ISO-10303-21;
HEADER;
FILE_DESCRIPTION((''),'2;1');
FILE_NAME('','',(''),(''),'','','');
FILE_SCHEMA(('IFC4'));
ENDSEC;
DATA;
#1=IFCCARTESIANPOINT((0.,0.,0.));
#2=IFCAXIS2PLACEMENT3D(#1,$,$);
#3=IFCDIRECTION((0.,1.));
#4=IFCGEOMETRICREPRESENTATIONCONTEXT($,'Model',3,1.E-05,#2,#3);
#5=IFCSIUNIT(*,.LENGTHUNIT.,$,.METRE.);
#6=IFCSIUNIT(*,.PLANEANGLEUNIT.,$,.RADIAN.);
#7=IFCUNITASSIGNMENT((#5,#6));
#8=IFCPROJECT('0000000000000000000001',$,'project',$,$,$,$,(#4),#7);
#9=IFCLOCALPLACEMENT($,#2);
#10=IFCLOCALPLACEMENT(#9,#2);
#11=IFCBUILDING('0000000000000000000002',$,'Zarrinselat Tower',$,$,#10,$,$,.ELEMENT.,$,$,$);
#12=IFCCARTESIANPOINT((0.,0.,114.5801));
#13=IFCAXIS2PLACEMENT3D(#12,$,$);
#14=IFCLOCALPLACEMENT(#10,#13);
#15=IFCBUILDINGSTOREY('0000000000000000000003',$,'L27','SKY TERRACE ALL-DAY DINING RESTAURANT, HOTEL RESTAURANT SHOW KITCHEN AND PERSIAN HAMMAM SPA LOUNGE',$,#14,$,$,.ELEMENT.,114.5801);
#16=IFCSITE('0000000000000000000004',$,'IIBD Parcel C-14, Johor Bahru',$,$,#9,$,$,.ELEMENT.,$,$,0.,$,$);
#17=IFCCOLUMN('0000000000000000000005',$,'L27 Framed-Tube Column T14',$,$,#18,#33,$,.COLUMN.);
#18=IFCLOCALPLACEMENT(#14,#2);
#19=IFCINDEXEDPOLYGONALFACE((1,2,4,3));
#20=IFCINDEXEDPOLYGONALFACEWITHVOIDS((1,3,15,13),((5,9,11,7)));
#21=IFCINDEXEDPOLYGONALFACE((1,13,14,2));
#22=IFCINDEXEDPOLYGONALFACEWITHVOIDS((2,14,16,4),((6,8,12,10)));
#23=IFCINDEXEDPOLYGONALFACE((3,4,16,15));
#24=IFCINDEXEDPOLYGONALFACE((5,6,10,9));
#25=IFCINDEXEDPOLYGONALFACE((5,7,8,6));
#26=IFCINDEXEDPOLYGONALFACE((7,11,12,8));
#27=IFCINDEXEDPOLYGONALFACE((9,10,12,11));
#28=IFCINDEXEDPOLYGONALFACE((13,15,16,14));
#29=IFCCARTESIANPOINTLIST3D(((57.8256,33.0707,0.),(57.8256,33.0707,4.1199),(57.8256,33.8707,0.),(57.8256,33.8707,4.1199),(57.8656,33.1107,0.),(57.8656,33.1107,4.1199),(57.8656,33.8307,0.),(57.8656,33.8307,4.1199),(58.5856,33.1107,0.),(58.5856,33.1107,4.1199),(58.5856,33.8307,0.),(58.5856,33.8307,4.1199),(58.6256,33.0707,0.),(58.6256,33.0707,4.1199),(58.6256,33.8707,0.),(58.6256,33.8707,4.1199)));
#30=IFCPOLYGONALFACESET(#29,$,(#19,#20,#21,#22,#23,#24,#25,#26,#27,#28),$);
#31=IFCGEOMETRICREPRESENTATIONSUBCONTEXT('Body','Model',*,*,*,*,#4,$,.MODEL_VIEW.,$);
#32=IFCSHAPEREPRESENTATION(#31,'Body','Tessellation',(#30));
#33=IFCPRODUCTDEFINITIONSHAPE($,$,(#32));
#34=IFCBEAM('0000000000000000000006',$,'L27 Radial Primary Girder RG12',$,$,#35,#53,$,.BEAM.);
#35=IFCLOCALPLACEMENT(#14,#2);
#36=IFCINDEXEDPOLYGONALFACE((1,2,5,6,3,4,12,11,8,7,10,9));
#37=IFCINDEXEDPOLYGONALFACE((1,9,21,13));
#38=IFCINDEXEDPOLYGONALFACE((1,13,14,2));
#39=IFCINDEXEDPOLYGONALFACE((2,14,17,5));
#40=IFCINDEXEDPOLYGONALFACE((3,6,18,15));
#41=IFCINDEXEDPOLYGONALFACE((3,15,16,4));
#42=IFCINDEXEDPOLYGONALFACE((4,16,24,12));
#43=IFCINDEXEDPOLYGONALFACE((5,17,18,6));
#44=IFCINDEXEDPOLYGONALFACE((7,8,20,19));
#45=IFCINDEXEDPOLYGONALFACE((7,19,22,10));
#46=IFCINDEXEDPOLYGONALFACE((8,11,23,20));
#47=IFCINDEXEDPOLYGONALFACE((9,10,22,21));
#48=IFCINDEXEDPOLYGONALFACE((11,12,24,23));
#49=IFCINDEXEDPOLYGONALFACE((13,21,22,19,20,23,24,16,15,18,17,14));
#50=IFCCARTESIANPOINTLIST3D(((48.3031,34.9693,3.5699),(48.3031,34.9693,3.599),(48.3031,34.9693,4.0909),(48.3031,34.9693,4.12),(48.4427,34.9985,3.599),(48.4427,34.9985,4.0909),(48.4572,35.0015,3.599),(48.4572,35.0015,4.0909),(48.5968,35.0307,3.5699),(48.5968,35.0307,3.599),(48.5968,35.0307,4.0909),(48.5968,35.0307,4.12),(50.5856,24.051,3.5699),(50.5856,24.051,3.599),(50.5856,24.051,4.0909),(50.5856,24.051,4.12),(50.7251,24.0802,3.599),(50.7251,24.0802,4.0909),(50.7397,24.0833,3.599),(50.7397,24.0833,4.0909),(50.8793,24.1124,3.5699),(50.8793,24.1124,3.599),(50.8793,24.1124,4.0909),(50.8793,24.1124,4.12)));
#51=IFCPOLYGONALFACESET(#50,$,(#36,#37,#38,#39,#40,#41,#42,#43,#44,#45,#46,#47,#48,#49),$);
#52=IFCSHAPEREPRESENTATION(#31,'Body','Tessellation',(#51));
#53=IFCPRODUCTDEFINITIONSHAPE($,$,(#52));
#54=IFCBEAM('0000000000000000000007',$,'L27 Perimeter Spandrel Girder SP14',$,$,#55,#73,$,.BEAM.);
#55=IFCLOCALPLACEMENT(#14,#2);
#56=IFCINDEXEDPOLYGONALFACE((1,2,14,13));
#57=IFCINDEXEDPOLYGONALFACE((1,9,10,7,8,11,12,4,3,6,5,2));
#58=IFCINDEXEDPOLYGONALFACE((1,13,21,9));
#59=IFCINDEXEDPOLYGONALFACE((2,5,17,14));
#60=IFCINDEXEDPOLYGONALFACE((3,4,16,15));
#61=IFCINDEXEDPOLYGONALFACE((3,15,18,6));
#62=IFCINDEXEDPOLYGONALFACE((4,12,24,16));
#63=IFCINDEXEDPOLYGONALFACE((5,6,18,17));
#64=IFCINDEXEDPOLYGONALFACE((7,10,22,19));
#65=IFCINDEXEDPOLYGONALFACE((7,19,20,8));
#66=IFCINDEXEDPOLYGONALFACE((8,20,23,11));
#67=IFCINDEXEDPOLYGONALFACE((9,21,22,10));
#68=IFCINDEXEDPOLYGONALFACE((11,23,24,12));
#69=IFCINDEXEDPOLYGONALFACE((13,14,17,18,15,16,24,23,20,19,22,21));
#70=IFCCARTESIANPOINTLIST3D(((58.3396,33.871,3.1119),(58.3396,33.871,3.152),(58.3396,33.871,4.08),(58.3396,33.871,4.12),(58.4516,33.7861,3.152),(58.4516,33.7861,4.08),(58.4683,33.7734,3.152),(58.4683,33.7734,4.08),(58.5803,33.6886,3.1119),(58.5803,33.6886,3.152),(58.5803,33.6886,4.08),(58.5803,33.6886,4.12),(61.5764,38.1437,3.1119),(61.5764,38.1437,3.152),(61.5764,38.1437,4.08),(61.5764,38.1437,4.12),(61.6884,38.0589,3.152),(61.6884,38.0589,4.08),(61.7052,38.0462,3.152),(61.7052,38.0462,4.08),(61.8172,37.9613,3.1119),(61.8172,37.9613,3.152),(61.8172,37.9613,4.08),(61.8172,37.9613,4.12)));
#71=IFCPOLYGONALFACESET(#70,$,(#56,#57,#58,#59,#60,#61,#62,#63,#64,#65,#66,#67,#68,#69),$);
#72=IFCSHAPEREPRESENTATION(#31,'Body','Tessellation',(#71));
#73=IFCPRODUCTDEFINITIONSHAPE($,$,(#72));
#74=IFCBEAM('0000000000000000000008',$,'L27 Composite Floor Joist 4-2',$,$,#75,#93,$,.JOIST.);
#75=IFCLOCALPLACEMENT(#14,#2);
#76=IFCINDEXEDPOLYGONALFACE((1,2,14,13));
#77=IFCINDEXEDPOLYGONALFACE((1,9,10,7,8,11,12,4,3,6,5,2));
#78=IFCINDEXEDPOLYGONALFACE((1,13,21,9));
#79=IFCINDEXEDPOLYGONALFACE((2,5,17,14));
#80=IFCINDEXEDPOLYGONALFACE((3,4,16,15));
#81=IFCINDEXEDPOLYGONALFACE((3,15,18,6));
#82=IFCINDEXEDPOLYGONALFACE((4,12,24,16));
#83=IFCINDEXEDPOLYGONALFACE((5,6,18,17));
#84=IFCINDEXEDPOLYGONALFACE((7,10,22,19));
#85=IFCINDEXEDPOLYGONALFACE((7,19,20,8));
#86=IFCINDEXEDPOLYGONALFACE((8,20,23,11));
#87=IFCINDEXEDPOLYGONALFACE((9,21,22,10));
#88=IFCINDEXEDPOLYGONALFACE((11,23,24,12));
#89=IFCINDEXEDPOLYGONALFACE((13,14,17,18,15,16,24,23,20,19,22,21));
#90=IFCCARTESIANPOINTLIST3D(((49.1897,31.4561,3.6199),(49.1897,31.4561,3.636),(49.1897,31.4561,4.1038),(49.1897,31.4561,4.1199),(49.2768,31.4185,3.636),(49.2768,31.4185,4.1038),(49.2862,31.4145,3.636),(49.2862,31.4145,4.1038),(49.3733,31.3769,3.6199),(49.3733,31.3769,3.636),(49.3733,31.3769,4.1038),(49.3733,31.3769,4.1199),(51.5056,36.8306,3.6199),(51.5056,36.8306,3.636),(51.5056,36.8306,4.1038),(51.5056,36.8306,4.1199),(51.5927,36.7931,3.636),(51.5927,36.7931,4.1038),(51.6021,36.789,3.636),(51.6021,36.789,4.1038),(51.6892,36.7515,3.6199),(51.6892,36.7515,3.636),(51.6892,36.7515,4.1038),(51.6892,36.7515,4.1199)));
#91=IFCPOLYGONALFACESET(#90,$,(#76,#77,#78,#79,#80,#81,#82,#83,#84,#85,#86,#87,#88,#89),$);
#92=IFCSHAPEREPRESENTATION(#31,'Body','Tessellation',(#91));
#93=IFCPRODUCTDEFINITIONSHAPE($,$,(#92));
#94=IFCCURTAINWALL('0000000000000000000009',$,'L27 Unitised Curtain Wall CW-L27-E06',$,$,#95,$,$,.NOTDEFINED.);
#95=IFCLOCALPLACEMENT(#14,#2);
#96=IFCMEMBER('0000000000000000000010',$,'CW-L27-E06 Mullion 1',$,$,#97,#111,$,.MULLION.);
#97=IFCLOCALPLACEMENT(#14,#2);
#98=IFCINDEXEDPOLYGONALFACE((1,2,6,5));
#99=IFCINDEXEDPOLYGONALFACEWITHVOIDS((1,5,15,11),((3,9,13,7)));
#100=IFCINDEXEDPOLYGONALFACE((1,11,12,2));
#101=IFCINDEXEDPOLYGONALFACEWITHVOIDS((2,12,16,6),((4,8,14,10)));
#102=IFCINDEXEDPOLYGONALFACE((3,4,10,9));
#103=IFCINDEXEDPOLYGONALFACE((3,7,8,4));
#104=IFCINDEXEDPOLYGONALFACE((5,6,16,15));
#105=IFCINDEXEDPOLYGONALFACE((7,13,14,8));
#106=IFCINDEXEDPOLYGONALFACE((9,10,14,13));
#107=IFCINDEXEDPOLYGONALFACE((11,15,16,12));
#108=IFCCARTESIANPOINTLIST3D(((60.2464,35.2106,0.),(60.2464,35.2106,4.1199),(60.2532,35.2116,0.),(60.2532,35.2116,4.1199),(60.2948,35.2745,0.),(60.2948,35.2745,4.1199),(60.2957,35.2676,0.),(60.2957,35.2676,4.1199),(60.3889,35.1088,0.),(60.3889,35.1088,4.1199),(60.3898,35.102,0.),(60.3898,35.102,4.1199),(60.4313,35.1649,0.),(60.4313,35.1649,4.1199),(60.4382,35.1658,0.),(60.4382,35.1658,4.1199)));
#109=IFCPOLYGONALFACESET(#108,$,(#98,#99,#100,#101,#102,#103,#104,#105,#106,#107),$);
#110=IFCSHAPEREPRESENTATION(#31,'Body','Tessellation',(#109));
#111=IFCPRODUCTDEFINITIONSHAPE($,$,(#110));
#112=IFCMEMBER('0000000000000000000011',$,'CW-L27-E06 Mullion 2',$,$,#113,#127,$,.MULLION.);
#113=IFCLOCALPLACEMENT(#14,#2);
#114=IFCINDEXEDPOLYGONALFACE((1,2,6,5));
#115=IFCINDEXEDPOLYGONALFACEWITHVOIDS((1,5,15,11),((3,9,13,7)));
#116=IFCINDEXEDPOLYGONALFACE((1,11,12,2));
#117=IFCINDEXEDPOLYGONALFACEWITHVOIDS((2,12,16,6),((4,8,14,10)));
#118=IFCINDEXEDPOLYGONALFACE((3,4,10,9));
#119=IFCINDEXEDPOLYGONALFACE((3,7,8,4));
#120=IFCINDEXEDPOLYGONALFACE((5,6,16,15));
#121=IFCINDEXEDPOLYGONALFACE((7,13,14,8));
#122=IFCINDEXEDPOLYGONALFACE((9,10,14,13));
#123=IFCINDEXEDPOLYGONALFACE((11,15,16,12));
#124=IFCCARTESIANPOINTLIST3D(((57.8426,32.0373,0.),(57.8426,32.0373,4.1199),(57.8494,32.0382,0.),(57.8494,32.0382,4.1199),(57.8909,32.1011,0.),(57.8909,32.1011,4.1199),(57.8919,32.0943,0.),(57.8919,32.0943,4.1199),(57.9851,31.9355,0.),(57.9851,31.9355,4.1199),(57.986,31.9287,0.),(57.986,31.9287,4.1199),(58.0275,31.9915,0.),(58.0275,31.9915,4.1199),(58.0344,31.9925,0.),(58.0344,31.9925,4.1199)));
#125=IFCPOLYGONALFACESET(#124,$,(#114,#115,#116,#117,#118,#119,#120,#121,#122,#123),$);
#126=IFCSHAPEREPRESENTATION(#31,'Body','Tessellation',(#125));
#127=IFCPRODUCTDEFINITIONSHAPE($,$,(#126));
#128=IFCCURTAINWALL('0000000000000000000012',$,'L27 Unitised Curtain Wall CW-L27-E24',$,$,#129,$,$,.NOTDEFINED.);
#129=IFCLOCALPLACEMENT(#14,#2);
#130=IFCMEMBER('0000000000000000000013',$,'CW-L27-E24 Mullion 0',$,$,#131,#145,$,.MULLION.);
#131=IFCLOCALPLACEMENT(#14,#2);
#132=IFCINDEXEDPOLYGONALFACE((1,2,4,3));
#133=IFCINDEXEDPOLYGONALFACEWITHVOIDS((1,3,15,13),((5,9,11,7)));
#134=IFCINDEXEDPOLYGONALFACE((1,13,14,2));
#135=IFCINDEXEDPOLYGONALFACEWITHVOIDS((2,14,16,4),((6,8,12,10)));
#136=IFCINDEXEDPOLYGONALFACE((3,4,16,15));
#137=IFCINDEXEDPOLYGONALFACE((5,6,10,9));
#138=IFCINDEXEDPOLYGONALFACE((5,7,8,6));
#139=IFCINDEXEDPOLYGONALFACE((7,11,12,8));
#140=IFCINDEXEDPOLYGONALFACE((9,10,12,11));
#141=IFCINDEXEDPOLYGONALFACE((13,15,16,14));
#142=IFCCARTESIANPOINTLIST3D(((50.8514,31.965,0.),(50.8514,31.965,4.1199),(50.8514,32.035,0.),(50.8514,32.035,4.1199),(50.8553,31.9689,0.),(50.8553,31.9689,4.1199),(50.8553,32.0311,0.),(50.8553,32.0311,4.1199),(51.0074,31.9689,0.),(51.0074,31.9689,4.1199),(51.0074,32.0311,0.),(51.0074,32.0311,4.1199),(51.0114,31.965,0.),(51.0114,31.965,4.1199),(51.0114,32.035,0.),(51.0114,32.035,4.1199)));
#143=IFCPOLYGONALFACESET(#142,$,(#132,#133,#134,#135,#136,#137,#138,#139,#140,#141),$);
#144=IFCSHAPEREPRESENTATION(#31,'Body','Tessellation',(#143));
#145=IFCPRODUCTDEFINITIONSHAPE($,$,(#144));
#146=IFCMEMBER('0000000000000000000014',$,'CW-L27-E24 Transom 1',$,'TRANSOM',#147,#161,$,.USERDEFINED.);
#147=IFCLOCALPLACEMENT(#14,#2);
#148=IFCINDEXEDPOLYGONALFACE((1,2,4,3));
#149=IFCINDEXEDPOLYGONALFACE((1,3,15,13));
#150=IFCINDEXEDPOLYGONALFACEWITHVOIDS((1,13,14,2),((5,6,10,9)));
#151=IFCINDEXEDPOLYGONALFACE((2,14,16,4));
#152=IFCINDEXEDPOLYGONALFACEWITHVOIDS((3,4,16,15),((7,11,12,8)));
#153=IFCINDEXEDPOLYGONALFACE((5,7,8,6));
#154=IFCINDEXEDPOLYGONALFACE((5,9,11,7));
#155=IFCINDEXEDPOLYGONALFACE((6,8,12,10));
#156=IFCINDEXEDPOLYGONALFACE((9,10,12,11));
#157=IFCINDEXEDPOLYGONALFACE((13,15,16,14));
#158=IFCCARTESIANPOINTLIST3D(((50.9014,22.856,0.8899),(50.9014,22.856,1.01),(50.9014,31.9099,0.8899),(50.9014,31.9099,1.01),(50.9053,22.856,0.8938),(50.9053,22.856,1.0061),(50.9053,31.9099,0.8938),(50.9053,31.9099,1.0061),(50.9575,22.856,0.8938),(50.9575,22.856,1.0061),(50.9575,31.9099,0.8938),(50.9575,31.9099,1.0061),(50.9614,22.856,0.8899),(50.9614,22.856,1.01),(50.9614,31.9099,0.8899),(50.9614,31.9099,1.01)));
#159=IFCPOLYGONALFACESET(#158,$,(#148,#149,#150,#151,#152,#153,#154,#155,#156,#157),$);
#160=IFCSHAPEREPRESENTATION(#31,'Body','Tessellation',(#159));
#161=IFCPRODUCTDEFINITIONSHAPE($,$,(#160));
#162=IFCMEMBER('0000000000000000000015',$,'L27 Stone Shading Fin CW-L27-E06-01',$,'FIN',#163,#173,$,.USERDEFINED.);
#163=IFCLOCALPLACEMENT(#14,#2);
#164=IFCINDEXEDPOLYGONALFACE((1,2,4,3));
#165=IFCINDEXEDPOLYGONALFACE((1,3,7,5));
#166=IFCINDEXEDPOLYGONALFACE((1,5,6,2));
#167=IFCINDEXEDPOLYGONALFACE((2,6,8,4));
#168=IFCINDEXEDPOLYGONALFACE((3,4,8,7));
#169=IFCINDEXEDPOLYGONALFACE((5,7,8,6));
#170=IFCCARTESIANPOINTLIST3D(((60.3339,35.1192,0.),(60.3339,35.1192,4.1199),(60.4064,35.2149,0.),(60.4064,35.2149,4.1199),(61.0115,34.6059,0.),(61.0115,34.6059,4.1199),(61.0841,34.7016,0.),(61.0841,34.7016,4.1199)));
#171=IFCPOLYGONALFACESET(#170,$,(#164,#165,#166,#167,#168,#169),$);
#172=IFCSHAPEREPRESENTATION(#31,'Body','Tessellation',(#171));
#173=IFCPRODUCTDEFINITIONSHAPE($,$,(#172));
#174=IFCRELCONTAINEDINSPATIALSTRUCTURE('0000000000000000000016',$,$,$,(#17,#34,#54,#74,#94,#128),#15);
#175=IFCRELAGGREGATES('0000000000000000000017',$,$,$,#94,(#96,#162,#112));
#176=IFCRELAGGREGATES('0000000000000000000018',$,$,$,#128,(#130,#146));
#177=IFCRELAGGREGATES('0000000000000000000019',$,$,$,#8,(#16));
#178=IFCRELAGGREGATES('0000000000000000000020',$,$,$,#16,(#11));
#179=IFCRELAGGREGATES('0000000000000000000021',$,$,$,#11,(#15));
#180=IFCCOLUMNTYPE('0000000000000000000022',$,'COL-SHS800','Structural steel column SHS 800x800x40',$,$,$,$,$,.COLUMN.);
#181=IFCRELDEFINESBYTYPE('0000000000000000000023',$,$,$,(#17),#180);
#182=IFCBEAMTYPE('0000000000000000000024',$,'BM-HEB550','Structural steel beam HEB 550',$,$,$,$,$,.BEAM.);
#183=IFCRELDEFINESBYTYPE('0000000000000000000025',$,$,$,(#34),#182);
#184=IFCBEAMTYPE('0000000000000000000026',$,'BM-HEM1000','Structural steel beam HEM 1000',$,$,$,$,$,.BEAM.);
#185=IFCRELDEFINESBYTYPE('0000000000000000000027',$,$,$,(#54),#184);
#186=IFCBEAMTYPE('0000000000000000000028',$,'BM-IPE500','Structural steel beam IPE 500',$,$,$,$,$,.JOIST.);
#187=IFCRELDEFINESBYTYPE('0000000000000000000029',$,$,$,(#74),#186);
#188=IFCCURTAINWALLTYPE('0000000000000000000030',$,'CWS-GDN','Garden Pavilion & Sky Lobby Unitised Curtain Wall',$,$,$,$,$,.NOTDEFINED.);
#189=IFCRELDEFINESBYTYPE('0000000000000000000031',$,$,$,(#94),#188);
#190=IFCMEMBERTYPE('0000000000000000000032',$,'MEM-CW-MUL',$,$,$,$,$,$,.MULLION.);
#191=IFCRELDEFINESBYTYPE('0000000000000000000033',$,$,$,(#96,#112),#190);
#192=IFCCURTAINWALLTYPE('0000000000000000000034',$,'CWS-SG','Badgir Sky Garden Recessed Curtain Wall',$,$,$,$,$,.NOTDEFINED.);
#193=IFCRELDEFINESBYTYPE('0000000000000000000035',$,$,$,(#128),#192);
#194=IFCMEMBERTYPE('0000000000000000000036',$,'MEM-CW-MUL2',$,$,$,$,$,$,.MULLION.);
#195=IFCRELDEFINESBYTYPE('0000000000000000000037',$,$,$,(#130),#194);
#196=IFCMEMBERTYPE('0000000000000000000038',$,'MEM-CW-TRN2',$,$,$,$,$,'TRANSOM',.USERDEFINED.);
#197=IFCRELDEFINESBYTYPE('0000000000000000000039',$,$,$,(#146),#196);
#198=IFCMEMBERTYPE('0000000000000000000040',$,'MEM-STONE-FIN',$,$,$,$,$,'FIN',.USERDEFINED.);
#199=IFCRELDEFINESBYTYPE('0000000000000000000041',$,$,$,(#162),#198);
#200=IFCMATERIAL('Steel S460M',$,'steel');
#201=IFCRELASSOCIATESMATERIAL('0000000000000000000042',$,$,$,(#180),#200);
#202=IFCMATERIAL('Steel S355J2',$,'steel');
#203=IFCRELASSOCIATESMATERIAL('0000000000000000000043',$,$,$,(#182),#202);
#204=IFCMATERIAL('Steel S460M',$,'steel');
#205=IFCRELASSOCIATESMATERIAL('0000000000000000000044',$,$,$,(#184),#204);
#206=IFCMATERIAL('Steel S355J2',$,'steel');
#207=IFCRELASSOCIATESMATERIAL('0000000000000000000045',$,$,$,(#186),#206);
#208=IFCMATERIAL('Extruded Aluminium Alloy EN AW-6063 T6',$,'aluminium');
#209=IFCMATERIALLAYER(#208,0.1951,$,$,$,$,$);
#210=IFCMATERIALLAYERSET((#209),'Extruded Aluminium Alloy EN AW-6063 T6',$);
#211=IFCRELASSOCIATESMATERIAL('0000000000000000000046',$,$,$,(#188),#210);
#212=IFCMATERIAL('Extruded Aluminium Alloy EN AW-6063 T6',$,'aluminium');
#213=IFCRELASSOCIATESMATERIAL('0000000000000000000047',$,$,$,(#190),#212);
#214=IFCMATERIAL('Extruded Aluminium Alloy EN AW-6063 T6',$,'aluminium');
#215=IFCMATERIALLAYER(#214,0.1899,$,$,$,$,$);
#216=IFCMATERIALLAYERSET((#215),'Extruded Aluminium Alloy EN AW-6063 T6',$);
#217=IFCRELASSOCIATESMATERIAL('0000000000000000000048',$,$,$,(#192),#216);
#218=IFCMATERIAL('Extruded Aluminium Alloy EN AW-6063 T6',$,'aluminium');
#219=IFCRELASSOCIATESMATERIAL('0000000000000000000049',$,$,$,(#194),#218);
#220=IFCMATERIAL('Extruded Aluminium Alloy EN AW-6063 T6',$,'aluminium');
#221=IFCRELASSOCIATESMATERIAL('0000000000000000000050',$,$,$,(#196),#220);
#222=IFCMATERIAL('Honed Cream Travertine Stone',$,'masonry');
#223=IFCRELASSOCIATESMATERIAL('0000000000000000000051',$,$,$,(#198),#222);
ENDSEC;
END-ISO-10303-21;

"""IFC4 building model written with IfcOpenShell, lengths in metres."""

from ifc_helpers import new_model, si_unit, direction, frame, origin, origin_2d, place, context, subcontext, project, spatial, rectangle, hollow_rectangle, i_section, extrude, material, layer, layer_set, material_profile, profile_set, type_object, element, aggregate, save


model = new_model("IFC4")

# Units and contexts
model_context = context("Model", 3, precision=1e-05, world=origin(), true_north=direction((0.0, 1.0)))
body_context = subcontext(model_context, "Body", "Model", "MODEL_VIEW")
ifc_project = project(units=[si_unit("LENGTHUNIT", "METRE"), si_unit("PLANEANGLEUNIT", "RADIAN")], contexts=[model_context])

# Site, building, storey
site_placement = place(None, origin())
site = spatial("IfcSite", under=ifc_project, at=site_placement, Name="IIBD Parcel C-14, Johor Bahru", CompositionType="ELEMENT", RefElevation=0.0)
building_placement = place(site_placement, origin())
building = spatial("IfcBuilding", under=site, at=building_placement, Name="Zarrinselat Tower", CompositionType="ELEMENT")
storey_placement = place(building_placement, frame((0.0, 0.0, 114.5801)))
storey = spatial("IfcBuildingStorey", under=building, at=storey_placement, Name="L27", Description="SKY TERRACE ALL-DAY DINING RESTAURANT, HOTEL RESTAURANT SHOW KITCHEN AND PERSIAN HAMMAM SPA LOUNGE", CompositionType="ELEMENT", Elevation=114.5801)

# Column
ifc_material_1 = material(Name="Steel S460M", Category="steel")
ifc_material_profile_1 = material_profile(ifc_material_1, hollow_rectangle(XDim=0.8, YDim=0.8, WallThickness=0.04, at=origin_2d()), Name="SHS 800x800x40")
ifc_profile_set_1 = profile_set([ifc_material_profile_1], Name="Steel S460M")
column_type = type_object("IfcColumnType", Name="COL-SHS800", Description="Structural steel column SHS 800x800x40", PredefinedType="COLUMN", material=ifc_profile_set_1)
column_placement = place(storey_placement, frame((58.2256, 33.4707, 0.0), z_axis=(0.0, 0.0, 1.0), x_axis=(1.0, 0.0, 0.0)))
element("IfcColumn", 1, at=column_placement, inside=storey, type_object=column_type, Name="L27 Framed-Tube Column T14", PredefinedType="COLUMN", context=body_context, shape_type="SweptSolid", body=[
    extrude(hollow_rectangle(XDim=0.8, YDim=0.8, WallThickness=0.04, at=origin_2d()), origin(), (0.0, 0.0, 1.0), 4.1199),
])

# Beams
ifc_material_2 = material(Name="Steel S355J2", Category="steel")
ifc_material_profile_2 = material_profile(ifc_material_2, i_section(OverallWidth=0.3, OverallDepth=0.55, WebThickness=0.0149, FlangeThickness=0.0291, at=origin_2d()), Name="HEB 550")
ifc_profile_set_2 = profile_set([ifc_material_profile_2], Name="Steel S355J2")
beam_type_1 = type_object("IfcBeamType", Name="BM-HEB550", Description="Structural steel beam HEB 550", PredefinedType="BEAM", material=ifc_profile_set_2)
beam_1_placement = place(storey_placement, frame((48.45, 35.0, 3.845), z_axis=(0.204628, -0.97884, 0.0), x_axis=(0.97884, 0.204628, 0.0)))
element("IfcBeam", 2, at=beam_1_placement, inside=storey, type_object=beam_type_1, Name="L27 Radial Primary Girder RG12", PredefinedType="BEAM", context=body_context, shape_type="SweptSolid", body=[
    extrude(i_section(OverallWidth=0.3, OverallDepth=0.55, WebThickness=0.0149, FlangeThickness=0.0291, at=origin_2d()), origin(), (0.0, 0.0, 1.0), 11.1543),
])
ifc_material_3 = material(Name="Steel S460M", Category="steel")
ifc_material_profile_3 = material_profile(ifc_material_3, i_section(OverallWidth=0.302, OverallDepth=1.0081, WebThickness=0.021, FlangeThickness=0.04, at=origin_2d()), Name="HEM 1000")
ifc_profile_set_3 = profile_set([ifc_material_profile_3], Name="Steel S460M")
beam_type_2 = type_object("IfcBeamType", Name="BM-HEM1000", Description="Structural steel beam HEM 1000", PredefinedType="BEAM", material=ifc_profile_set_3)
beam_2_placement = place(storey_placement, frame((58.46, 33.7798, 3.616), z_axis=(0.603848, 0.797099, 0.0), x_axis=(-0.797099, 0.603848, 0.0)))
element("IfcBeam", 3, at=beam_2_placement, inside=storey, type_object=beam_type_2, Name="L27 Perimeter Spandrel Girder SP14", PredefinedType="BEAM", context=body_context, shape_type="SweptSolid", body=[
    extrude(i_section(OverallWidth=0.302, OverallDepth=1.0081, WebThickness=0.021, FlangeThickness=0.04, at=origin_2d()), origin(), (0.0, 0.0, 1.0), 5.3604),
])
ifc_material_4 = material(Name="Steel S355J2", Category="steel")
ifc_material_profile_4 = material_profile(ifc_material_4, i_section(OverallWidth=0.2, OverallDepth=0.5, WebThickness=0.0103, FlangeThickness=0.0161, at=origin_2d()), Name="IPE 500")
ifc_profile_set_4 = profile_set([ifc_material_profile_4], Name="Steel S355J2")
beam_type_3 = type_object("IfcBeamType", Name="BM-IPE500", Description="Structural steel beam IPE 500", PredefinedType="JOIST", material=ifc_profile_set_4)
beam_3_placement = place(storey_placement, frame((49.2815, 31.4165, 3.8699), z_axis=(0.395731, 0.918366, 0.0), x_axis=(-0.918366, 0.395731, 0.0)))
element("IfcBeam", 4, at=beam_3_placement, inside=storey, type_object=beam_type_3, Name="L27 Composite Floor Joist 4-2", PredefinedType="JOIST", context=body_context, shape_type="SweptSolid", body=[
    extrude(i_section(OverallWidth=0.2, OverallDepth=0.5, WebThickness=0.0103, FlangeThickness=0.0161, at=origin_2d()), origin(), (0.0, 0.0, 1.0), 5.8523),
])

# Curtain walls, members
ifc_material_5 = material(Name="Extruded Aluminium Alloy EN AW-6063 T6", Category="aluminium")
ifc_layer_1 = layer(ifc_material_5, 0.1951)
ifc_layer_set_1 = layer_set([ifc_layer_1], Name="Extruded Aluminium Alloy EN AW-6063 T6")
curtain_wall_type_1 = type_object("IfcCurtainWallType", Name="CWS-GDN", Description="Garden Pavilion & Sky Lobby Unitised Curtain Wall", PredefinedType="NOTDEFINED", material=ifc_layer_set_1)
curtain_wall_1_placement = place(storey_placement, origin())
curtain_wall_1 = element("IfcCurtainWall", 5, at=curtain_wall_1_placement, inside=storey, type_object=curtain_wall_type_1, Name="L27 Unitised Curtain Wall CW-L27-E06", PredefinedType="NOTDEFINED")
ifc_material_6 = material(Name="Extruded Aluminium Alloy EN AW-6063 T6", Category="aluminium")
ifc_material_profile_5 = material_profile(ifc_material_6, hollow_rectangle(XDim=0.0801, YDim=0.1799, WallThickness=0.0049, at=origin_2d()), Name="RHS 180x80x5")
ifc_profile_set_5 = profile_set([ifc_material_profile_5], Name="Extruded Aluminium Alloy EN AW-6063 T6")
member_type_1 = type_object("IfcMemberType", Name="MEM-CW-MUL", PredefinedType="MULLION", material=ifc_profile_set_5)
member_1_placement = place(storey_placement, frame((60.3423, 35.1882, 0.0), z_axis=(0.0, 0.0, 1.0), x_axis=(-0.60386, -0.79709, 0.0)))
member_1 = element("IfcMember", 6, at=member_1_placement, type_object=member_type_1, Name="CW-L27-E06 Mullion 1", PredefinedType="MULLION", context=body_context, shape_type="SweptSolid", body=[
    extrude(hollow_rectangle(XDim=0.0801, YDim=0.1799, WallThickness=0.0049, at=origin_2d()), origin(), (0.0, 0.0, 1.0), 4.1199),
])
member_2_placement = place(storey_placement, frame((57.9385, 32.0149, 0.0), z_axis=(0.0, 0.0, 1.0), x_axis=(-0.60386, -0.79709, 0.0)))
member_2 = element("IfcMember", 7, at=member_2_placement, type_object=member_type_1, Name="CW-L27-E06 Mullion 2", PredefinedType="MULLION", context=body_context, shape_type="SweptSolid", body=[
    extrude(hollow_rectangle(XDim=0.0801, YDim=0.1799, WallThickness=0.0049, at=origin_2d()), origin(), (0.0, 0.0, 1.0), 4.1199),
])
ifc_material_7 = material(Name="Extruded Aluminium Alloy EN AW-6063 T6", Category="aluminium")
ifc_layer_2 = layer(ifc_material_7, 0.1899)
ifc_layer_set_2 = layer_set([ifc_layer_2], Name="Extruded Aluminium Alloy EN AW-6063 T6")
curtain_wall_type_2 = type_object("IfcCurtainWallType", Name="CWS-SG", Description="Badgir Sky Garden Recessed Curtain Wall", PredefinedType="NOTDEFINED", material=ifc_layer_set_2)
curtain_wall_2_placement = place(storey_placement, origin())
curtain_wall_2 = element("IfcCurtainWall", 8, at=curtain_wall_2_placement, inside=storey, type_object=curtain_wall_type_2, Name="L27 Unitised Curtain Wall CW-L27-E24", PredefinedType="NOTDEFINED")
ifc_material_8 = material(Name="Extruded Aluminium Alloy EN AW-6063 T6", Category="aluminium")
ifc_material_profile_6 = material_profile(ifc_material_8, hollow_rectangle(XDim=0.0701, YDim=0.1599, WallThickness=0.0039, at=origin_2d()), Name="RHS 160x70x4")
ifc_profile_set_6 = profile_set([ifc_material_profile_6], Name="Extruded Aluminium Alloy EN AW-6063 T6")
member_type_2 = type_object("IfcMemberType", Name="MEM-CW-MUL2", PredefinedType="MULLION", material=ifc_profile_set_6)
member_3_placement = place(storey_placement, frame((50.9314, 32.0, 0.0), z_axis=(0.0, 0.0, 1.0), x_axis=(0.0, -1.0, 0.0)))
member_3 = element("IfcMember", 9, at=member_3_placement, type_object=member_type_2, Name="CW-L27-E24 Mullion 0", PredefinedType="MULLION", context=body_context, shape_type="SweptSolid", body=[
    extrude(hollow_rectangle(XDim=0.0701, YDim=0.1599, WallThickness=0.0039, at=origin_2d()), origin(), (0.0, 0.0, 1.0), 4.1199),
])
ifc_material_9 = material(Name="Extruded Aluminium Alloy EN AW-6063 T6", Category="aluminium")
ifc_material_profile_7 = material_profile(ifc_material_9, hollow_rectangle(XDim=0.0601, YDim=0.1201, WallThickness=0.0039, at=origin_2d()), Name="RHS 120x60x4")
ifc_profile_set_7 = profile_set([ifc_material_profile_7], Name="Extruded Aluminium Alloy EN AW-6063 T6")
member_type_3 = type_object("IfcMemberType", Name="MEM-CW-TRN2", ElementType="TRANSOM", PredefinedType="USERDEFINED", material=ifc_profile_set_7)
member_4_placement = place(storey_placement, frame((50.9314, 31.9099, 0.95), z_axis=(0.0, -1.0, 0.0), x_axis=(1.0, 0.0, 0.0)))
member_4 = element("IfcMember", 10, at=member_4_placement, type_object=member_type_3, Name="CW-L27-E24 Transom 1", ObjectType="TRANSOM", PredefinedType="USERDEFINED", context=body_context, shape_type="SweptSolid", body=[
    extrude(hollow_rectangle(XDim=0.0601, YDim=0.1201, WallThickness=0.0039, at=origin_2d()), origin(), (0.0, 0.0, 1.0), 9.054),
])

# Member
ifc_material_10 = material(Name="Honed Cream Travertine Stone", Category="masonry")
ifc_material_profile_8 = material_profile(ifc_material_10, rectangle(XDim=0.1201, YDim=0.8501, at=origin_2d()), Name="FIN 850x120")
ifc_profile_set_8 = profile_set([ifc_material_profile_8], Name="Honed Cream Travertine Stone")
member_type_4 = type_object("IfcMemberType", Name="MEM-STONE-FIN", ElementType="FIN", PredefinedType="USERDEFINED", material=ifc_profile_set_8)
member_5_placement = place(storey_placement, frame((60.709, 34.9104, 0.0), z_axis=(0.0, 0.0, 1.0), x_axis=(-0.60386, -0.79709, 0.0)))
member_5 = element("IfcMember", 11, at=member_5_placement, type_object=member_type_4, Name="L27 Stone Shading Fin CW-L27-E06-01", ObjectType="FIN", PredefinedType="USERDEFINED", context=body_context, shape_type="SweptSolid", body=[
    extrude(rectangle(XDim=0.1201, YDim=0.8501, at=origin_2d()), origin(), (0.0, 0.0, 1.0), 4.1199),
])

aggregate(curtain_wall_1, [member_1, member_5, member_2])
aggregate(curtain_wall_2, [member_3, member_4])

save(model, "model.ifc")
